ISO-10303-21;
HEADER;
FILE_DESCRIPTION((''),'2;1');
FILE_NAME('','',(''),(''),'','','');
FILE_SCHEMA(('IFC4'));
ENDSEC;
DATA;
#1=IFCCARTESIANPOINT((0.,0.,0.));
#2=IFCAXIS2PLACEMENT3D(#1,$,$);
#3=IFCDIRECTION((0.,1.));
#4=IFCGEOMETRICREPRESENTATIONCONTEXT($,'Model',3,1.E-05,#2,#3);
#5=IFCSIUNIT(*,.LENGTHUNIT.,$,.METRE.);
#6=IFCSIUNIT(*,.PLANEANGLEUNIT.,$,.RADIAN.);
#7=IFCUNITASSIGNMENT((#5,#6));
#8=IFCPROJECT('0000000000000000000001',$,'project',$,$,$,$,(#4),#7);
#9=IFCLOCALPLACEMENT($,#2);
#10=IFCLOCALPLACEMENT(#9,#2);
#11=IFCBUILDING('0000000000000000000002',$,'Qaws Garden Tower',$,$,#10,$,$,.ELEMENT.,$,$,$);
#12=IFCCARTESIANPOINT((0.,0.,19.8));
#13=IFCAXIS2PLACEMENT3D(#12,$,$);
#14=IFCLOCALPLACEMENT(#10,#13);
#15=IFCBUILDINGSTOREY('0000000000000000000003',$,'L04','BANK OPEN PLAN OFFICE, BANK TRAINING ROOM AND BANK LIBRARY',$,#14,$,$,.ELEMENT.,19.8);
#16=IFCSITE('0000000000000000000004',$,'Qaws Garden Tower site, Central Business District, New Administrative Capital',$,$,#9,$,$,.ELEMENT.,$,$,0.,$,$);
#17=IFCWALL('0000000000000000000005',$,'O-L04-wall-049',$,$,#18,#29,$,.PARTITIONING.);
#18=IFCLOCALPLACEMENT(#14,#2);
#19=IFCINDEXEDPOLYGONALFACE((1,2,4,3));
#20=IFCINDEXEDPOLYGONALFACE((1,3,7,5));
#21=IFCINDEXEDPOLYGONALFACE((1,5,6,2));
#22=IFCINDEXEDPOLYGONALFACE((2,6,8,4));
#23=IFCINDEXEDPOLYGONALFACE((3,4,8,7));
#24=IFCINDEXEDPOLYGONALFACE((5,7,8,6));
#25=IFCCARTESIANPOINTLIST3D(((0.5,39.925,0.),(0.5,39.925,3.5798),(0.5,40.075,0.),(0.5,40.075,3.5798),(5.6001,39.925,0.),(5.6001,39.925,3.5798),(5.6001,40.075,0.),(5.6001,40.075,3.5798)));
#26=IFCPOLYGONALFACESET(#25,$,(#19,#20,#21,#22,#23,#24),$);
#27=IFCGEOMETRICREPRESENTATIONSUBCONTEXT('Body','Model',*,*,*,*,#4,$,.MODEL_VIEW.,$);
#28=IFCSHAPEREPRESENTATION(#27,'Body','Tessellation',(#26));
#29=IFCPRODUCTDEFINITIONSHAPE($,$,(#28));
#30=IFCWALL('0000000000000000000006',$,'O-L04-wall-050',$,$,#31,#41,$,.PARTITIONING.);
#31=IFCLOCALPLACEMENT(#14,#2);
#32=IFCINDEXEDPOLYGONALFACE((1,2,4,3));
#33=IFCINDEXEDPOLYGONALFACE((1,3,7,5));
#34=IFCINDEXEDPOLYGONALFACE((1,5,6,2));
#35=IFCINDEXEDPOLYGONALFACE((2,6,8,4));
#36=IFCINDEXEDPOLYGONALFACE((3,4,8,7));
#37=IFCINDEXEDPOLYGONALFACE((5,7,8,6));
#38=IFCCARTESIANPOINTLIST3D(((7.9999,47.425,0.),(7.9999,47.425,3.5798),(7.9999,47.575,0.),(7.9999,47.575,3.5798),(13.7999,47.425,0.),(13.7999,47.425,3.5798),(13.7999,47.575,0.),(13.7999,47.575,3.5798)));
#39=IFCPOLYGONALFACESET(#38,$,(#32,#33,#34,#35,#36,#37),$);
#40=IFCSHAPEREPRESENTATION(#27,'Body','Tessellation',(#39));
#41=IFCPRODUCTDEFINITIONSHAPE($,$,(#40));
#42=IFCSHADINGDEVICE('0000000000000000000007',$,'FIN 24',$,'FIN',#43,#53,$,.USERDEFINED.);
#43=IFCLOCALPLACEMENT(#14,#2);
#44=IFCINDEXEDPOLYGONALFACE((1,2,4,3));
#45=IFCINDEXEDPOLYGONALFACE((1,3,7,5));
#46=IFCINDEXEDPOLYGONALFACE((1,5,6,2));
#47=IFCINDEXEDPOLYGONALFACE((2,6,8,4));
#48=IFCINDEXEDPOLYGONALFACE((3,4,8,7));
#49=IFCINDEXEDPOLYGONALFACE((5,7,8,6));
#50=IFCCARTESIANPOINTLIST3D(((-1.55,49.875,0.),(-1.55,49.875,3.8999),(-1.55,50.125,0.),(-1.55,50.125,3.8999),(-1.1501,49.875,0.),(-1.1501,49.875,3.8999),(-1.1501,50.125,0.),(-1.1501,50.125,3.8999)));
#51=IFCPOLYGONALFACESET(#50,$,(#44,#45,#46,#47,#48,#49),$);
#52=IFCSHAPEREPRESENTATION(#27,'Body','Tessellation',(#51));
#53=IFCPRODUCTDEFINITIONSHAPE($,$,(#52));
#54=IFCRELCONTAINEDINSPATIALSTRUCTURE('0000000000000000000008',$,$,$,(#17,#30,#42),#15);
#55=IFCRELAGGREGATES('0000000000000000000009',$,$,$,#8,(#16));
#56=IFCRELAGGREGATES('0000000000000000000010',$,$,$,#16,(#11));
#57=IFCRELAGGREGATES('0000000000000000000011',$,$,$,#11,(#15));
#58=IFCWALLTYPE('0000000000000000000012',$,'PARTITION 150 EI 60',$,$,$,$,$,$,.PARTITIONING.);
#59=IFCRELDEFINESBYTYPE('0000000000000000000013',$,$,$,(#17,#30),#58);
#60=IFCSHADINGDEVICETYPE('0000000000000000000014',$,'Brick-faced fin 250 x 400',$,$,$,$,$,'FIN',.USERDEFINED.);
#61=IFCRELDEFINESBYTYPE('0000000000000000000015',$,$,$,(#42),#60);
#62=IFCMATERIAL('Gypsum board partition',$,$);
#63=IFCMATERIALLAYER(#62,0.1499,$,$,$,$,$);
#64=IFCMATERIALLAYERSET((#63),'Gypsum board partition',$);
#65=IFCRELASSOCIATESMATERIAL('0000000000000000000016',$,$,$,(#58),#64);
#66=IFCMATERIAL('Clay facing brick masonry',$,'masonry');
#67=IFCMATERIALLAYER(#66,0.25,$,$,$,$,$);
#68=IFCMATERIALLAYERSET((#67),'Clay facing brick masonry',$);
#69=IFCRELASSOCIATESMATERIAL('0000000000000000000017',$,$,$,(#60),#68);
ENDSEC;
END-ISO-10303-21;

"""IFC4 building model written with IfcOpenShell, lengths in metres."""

from ifc_helpers import new_model, si_unit, direction, frame, frame_2d, origin, origin_2d, place, context, subcontext, project, spatial, rectangle, extrude, material, layer, layer_set, type_object, element, save


model = new_model("IFC4")

# Units and contexts
model_context = context("Model", 3, precision=1e-05, world=origin(), true_north=direction((0.0, 1.0)))
body_context = subcontext(model_context, "Body", "Model", "MODEL_VIEW")
ifc_project = project(units=[si_unit("LENGTHUNIT", "METRE"), si_unit("PLANEANGLEUNIT", "RADIAN")], contexts=[model_context])

# Site, building, storey
site_placement = place(None, origin())
site = spatial("IfcSite", under=ifc_project, at=site_placement, Name="Qaws Garden Tower site, Central Business District, New Administrative Capital", CompositionType="ELEMENT", RefElevation=0.0)
building_placement = place(site_placement, origin())
building = spatial("IfcBuilding", under=site, at=building_placement, Name="Qaws Garden Tower", CompositionType="ELEMENT")
storey_placement = place(building_placement, frame((0.0, 0.0, 19.8)))
storey = spatial("IfcBuildingStorey", under=building, at=storey_placement, Name="L04", Description="BANK OPEN PLAN OFFICE, BANK TRAINING ROOM AND BANK LIBRARY", CompositionType="ELEMENT", Elevation=19.8)

# Shared definitions
ifc_material_1 = material(Name="Gypsum board partition")
ifc_layer_1 = layer(ifc_material_1, 0.1499)
ifc_layer_set_1 = layer_set([ifc_layer_1], Name="Gypsum board partition")
wall_type_1 = type_object("IfcWallType", Name="PARTITION 150 EI 60", PredefinedType="PARTITIONING", material=ifc_layer_set_1)

# Walls
wall_1_placement = place(storey_placement, frame((0.5, 40.0, 0.0), z_axis=(0.0, 0.0, 1.0), x_axis=(1.0, 0.0, 0.0)))
element("IfcWall", 1, at=wall_1_placement, inside=storey, type_object=wall_type_1, Name="O-L04-wall-049", PredefinedType="PARTITIONING", context=body_context, shape_type="SweptSolid", body=[
    extrude(rectangle(XDim=5.1001, YDim=0.1499, at=frame_2d((2.55, 0.0))), origin(), (0.0, 0.0, 1.0), 3.5798),
])
wall_2_placement = place(storey_placement, frame((8.0, 47.5, 0.0), z_axis=(0.0, 0.0, 1.0), x_axis=(1.0, 0.0, 0.0)))
element("IfcWall", 2, at=wall_2_placement, inside=storey, type_object=wall_type_1, Name="O-L04-wall-050", PredefinedType="PARTITIONING", context=body_context, shape_type="SweptSolid", body=[
    extrude(rectangle(XDim=5.8, YDim=0.1499, at=frame_2d((2.8999, 0.0))), origin(), (0.0, 0.0, 1.0), 3.5798),
])

# Shading device
ifc_material_2 = material(Name="Clay facing brick masonry", Category="masonry")
ifc_layer_2 = layer(ifc_material_2, 0.25)
ifc_layer_set_2 = layer_set([ifc_layer_2], Name="Clay facing brick masonry")
shading_device_type = type_object("IfcShadingDeviceType", Name="Brick-faced fin 250 x 400", ElementType="FIN", PredefinedType="USERDEFINED", material=ifc_layer_set_2)
shading_device_placement = place(storey_placement, frame((-1.3501, 50.0, 0.0), z_axis=(0.0, 0.0, 1.0), x_axis=(0.0, -1.0, 0.0)))
element("IfcShadingDevice", 3, at=shading_device_placement, inside=storey, type_object=shading_device_type, Name="FIN 24", ObjectType="FIN", PredefinedType="USERDEFINED", context=body_context, shape_type="SweptSolid", body=[
    extrude(rectangle(XDim=0.25, YDim=0.3999, at=origin_2d()), origin(), (0.0, 0.0, 1.0), 3.8999),
])

save(model, "model.ifc")
